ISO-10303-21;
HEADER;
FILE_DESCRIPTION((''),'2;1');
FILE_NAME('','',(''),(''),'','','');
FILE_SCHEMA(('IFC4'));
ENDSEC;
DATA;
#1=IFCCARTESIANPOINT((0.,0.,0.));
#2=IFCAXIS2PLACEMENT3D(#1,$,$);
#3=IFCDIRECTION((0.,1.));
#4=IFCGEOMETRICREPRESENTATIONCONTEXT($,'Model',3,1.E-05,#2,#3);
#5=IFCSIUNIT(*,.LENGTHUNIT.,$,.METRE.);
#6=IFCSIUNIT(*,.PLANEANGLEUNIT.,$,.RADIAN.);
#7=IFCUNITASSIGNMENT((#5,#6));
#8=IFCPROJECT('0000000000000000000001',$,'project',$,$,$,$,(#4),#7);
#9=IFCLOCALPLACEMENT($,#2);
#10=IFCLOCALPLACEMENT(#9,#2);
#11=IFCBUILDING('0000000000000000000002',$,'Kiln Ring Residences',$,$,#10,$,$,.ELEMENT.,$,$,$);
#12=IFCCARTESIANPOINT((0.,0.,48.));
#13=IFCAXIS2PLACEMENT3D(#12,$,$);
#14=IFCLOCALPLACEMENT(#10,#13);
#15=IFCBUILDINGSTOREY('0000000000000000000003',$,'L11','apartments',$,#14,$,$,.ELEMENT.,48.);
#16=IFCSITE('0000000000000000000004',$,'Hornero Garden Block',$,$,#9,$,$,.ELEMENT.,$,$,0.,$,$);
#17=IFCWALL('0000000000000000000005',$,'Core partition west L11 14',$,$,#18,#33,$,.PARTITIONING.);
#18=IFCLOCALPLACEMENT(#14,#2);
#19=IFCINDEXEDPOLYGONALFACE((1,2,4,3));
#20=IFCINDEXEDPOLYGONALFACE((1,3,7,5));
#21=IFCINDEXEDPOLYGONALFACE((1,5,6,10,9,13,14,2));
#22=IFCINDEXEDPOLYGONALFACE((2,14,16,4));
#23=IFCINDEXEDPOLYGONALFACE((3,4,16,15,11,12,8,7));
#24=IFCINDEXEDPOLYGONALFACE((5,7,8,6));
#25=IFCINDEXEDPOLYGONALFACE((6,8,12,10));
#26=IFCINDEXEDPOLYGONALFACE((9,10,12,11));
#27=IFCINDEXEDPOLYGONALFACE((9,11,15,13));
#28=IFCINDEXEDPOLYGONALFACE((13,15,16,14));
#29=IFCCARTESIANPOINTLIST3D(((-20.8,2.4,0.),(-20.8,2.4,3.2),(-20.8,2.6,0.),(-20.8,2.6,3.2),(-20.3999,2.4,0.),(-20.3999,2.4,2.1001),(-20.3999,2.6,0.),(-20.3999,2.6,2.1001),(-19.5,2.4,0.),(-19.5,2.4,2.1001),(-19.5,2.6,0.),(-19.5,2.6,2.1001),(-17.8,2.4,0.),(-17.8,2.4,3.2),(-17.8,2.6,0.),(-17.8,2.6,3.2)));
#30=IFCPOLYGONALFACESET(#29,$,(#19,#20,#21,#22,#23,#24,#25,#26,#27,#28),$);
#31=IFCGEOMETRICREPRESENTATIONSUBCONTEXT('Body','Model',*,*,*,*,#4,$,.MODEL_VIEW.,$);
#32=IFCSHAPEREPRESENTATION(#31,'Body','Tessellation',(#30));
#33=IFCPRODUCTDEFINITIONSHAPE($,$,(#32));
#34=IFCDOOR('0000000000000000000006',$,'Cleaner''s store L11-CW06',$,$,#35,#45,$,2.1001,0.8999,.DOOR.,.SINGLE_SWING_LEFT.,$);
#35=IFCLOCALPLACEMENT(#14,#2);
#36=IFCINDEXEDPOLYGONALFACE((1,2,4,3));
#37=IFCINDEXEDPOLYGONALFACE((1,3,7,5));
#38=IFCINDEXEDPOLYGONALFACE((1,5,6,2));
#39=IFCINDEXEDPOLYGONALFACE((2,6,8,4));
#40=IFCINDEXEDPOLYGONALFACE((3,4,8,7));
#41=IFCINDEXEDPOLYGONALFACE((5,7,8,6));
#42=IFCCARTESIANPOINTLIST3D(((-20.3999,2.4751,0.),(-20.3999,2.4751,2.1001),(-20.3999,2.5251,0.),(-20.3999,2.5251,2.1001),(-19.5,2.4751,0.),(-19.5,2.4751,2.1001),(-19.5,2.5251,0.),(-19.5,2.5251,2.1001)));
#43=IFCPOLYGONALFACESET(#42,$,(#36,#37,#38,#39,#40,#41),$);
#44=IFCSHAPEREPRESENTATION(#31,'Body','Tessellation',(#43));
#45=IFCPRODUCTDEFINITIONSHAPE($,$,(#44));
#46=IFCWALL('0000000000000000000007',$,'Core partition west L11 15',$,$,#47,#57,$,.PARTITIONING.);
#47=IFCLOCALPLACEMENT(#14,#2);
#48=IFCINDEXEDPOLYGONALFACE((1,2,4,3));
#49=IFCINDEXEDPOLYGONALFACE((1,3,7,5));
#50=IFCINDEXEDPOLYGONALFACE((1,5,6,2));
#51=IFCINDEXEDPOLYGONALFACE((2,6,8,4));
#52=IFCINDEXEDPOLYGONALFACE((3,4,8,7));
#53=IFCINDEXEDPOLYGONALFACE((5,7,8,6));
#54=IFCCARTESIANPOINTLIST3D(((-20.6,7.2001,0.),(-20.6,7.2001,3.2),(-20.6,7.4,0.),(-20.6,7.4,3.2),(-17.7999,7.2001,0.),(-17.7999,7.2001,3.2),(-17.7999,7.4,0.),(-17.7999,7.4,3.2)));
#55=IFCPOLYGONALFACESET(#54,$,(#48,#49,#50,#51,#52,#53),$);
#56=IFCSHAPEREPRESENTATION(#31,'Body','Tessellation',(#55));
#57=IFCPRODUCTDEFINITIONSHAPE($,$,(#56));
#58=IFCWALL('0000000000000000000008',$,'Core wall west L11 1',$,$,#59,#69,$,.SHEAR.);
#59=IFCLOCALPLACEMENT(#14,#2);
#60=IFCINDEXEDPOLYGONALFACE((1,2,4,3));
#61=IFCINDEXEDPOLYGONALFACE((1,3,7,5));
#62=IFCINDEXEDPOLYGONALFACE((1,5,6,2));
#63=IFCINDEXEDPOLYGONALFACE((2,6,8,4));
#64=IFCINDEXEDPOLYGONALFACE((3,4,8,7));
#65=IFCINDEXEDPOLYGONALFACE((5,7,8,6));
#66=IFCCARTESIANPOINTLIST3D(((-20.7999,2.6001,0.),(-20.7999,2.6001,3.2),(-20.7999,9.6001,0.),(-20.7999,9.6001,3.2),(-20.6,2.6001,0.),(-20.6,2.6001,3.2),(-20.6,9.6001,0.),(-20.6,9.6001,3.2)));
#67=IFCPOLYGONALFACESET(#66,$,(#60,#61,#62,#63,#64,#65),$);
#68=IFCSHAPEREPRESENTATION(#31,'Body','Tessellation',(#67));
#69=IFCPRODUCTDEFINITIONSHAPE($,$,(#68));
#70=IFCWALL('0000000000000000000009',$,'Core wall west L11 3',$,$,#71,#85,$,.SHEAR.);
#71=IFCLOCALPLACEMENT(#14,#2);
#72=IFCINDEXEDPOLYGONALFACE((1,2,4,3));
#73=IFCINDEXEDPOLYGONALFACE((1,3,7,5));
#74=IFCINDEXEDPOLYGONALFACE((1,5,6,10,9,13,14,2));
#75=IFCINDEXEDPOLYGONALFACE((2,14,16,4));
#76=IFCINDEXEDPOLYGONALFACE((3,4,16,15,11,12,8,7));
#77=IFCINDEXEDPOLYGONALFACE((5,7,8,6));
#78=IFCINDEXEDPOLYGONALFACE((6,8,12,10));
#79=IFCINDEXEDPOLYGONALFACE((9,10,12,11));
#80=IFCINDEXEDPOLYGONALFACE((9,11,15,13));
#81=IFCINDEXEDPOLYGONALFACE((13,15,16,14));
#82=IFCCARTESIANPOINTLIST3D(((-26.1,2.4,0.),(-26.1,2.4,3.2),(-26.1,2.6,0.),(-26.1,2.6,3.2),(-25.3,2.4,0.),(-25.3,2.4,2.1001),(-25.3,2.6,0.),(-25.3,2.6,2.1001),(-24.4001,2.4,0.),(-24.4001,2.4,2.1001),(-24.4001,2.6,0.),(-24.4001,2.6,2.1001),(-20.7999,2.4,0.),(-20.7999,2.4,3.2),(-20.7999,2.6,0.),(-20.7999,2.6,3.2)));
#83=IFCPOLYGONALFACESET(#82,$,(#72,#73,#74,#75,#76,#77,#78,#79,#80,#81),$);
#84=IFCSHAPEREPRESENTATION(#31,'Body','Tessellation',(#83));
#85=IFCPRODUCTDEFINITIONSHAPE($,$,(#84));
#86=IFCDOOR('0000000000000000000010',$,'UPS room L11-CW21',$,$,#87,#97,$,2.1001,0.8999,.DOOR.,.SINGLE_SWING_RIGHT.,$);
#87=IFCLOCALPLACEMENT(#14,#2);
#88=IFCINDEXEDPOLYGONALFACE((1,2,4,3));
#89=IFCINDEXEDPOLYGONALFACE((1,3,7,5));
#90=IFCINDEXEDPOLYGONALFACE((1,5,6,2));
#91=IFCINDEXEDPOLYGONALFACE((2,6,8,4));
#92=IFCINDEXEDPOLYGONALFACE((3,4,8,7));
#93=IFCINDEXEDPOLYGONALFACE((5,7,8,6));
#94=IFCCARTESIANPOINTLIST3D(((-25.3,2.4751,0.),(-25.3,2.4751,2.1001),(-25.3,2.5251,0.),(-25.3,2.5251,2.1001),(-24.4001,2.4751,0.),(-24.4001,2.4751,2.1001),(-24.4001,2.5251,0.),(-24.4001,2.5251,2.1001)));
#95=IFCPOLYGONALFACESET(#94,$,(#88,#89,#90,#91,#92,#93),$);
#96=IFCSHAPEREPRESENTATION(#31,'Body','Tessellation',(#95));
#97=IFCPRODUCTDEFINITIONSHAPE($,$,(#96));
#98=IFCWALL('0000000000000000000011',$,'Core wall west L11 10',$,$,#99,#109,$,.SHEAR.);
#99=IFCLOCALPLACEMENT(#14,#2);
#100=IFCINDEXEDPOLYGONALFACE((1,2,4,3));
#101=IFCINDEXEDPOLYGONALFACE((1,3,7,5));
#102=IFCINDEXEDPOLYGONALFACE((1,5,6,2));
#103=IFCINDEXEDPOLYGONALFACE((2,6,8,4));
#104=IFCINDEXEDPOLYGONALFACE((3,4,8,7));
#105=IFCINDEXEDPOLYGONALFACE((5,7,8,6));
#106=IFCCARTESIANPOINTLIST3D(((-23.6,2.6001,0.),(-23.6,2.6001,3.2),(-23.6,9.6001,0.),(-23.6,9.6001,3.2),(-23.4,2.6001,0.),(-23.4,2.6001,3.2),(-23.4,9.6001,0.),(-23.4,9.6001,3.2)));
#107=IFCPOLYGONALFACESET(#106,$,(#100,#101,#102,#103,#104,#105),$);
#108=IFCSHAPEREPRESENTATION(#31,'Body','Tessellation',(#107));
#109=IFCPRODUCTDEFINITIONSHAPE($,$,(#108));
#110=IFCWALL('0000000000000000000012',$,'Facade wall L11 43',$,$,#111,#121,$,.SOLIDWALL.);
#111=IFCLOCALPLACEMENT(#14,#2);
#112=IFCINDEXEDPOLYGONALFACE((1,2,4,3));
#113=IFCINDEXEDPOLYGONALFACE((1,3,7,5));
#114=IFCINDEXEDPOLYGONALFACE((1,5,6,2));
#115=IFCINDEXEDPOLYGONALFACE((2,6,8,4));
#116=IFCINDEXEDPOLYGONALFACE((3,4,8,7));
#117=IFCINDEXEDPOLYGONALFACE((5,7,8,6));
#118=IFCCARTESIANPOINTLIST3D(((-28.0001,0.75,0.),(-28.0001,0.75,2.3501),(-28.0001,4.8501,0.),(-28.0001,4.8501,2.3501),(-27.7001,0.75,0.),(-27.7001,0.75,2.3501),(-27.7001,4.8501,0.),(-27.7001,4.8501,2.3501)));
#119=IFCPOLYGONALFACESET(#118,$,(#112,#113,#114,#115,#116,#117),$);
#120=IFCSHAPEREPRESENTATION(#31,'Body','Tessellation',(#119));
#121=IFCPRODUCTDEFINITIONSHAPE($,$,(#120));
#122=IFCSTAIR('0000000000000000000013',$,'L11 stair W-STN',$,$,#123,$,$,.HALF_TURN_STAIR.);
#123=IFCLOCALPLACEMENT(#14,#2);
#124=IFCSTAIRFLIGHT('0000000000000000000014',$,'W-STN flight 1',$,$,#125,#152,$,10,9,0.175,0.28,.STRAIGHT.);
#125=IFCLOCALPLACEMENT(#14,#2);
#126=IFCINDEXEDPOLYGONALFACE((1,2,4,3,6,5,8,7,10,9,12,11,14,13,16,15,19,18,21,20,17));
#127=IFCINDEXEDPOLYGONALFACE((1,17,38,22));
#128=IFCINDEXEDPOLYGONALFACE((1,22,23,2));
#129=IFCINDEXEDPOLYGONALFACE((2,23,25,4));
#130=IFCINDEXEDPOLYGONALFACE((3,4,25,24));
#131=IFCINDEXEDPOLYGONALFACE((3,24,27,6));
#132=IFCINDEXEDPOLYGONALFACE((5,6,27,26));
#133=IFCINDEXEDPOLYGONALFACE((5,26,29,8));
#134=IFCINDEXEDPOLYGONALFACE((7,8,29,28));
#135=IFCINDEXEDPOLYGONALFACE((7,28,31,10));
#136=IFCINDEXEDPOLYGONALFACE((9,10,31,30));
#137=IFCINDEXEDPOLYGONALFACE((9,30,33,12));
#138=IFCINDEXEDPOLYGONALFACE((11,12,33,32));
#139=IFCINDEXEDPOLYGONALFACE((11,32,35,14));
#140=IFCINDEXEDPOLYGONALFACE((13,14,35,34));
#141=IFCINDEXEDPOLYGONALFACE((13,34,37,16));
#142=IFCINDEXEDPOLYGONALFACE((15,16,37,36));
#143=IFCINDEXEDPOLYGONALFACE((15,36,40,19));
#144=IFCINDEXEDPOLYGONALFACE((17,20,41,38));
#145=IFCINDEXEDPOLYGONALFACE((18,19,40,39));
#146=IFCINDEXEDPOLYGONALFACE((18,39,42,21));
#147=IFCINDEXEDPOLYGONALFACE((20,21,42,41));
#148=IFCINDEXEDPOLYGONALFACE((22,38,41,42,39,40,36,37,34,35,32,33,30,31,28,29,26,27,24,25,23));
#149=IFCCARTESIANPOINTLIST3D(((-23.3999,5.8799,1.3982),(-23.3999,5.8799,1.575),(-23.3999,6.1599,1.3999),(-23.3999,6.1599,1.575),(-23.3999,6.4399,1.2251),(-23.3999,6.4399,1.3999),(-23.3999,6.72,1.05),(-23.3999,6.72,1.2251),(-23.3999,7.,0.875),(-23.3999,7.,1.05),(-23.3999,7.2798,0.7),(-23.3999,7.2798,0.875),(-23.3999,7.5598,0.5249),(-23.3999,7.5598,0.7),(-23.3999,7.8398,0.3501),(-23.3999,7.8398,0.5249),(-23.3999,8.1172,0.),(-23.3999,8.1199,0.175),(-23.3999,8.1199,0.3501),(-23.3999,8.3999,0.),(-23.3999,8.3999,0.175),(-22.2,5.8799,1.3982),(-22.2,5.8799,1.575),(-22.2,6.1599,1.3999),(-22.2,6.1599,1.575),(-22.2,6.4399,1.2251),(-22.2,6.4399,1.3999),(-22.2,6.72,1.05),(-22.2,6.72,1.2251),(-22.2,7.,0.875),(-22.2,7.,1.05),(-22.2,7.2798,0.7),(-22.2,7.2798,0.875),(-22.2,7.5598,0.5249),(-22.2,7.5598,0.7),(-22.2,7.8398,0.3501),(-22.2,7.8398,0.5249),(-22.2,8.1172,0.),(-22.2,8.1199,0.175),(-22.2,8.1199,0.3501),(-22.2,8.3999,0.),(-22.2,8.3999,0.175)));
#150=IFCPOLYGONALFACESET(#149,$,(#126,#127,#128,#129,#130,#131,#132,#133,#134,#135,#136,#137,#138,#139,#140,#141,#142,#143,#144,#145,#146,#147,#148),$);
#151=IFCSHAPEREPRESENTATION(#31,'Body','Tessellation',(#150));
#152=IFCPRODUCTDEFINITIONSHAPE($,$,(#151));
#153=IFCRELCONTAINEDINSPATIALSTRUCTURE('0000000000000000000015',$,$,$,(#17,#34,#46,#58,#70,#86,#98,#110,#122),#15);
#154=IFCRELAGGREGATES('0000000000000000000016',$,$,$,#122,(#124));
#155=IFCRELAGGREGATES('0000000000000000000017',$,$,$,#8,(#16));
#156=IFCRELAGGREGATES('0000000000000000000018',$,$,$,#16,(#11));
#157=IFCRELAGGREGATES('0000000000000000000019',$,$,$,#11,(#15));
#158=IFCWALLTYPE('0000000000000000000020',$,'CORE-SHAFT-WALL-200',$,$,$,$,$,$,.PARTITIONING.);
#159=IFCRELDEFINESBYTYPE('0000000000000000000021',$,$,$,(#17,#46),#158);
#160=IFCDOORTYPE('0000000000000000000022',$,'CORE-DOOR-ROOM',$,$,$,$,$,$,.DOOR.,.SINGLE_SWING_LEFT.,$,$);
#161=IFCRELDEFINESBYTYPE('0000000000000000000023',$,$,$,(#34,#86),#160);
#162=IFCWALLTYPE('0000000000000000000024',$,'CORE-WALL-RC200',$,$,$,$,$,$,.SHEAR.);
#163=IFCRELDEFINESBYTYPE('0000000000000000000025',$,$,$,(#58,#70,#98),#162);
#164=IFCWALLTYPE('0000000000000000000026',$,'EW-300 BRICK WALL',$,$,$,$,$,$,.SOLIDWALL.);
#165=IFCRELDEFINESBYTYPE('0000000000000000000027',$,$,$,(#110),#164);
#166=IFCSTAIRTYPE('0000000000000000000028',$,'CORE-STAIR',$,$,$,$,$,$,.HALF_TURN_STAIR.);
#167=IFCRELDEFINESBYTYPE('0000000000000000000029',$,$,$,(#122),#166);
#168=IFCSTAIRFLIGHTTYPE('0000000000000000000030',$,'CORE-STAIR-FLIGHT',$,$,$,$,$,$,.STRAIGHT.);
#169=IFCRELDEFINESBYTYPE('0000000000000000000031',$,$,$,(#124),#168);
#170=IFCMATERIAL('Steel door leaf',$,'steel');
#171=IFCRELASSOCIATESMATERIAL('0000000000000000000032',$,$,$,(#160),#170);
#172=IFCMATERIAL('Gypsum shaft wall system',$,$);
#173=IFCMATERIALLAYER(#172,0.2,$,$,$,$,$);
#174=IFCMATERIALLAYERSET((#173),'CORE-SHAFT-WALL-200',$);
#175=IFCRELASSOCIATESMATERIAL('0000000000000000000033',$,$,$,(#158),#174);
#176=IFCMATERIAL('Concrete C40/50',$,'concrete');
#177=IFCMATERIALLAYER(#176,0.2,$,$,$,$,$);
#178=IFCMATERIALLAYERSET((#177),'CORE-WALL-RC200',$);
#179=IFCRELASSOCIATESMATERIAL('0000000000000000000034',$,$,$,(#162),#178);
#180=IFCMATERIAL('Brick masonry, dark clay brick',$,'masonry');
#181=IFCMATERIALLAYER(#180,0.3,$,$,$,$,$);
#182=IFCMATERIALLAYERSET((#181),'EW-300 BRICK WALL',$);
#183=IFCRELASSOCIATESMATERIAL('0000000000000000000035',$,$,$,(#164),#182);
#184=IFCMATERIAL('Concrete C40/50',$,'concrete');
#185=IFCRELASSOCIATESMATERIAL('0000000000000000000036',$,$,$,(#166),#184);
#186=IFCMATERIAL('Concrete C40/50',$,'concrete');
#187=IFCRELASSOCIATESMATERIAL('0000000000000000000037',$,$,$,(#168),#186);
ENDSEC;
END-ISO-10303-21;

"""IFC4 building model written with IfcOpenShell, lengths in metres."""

from ifc_helpers import new_model, si_unit, direction, frame, frame_2d, origin, place, context, subcontext, project, spatial, polyline, rectangle, outline, extrude, material, layer, layer_set, type_object, element, fill, aggregate, save


model = new_model("IFC4")

# Units and contexts
model_context = context("Model", 3, precision=1e-05, world=origin(), true_north=direction((0.0, 1.0)))
body_context = subcontext(model_context, "Body", "Model", "MODEL_VIEW")
ifc_project = project(units=[si_unit("LENGTHUNIT", "METRE"), si_unit("PLANEANGLEUNIT", "RADIAN")], contexts=[model_context])

# Site, building, storey
site_placement = place(None, origin())
site = spatial("IfcSite", under=ifc_project, at=site_placement, Name="Hornero Garden Block", CompositionType="ELEMENT", RefElevation=0.0)
building_placement = place(site_placement, origin())
building = spatial("IfcBuilding", under=site, at=building_placement, Name="Kiln Ring Residences", CompositionType="ELEMENT")
storey_placement = place(building_placement, frame((0.0, 0.0, 48.0)))
storey = spatial("IfcBuildingStorey", under=building, at=storey_placement, Name="L11", Description="apartments", CompositionType="ELEMENT", Elevation=48.0)

# Shared definitions
ifc_material_1 = material(Name="Steel door leaf", Category="steel")
door_type = type_object("IfcDoorType", Name="CORE-DOOR-ROOM", OperationType="SINGLE_SWING_LEFT", PredefinedType="DOOR", material=ifc_material_1)

# Shared definitions
ifc_material_2 = material(Name="Gypsum shaft wall system")
ifc_layer_1 = layer(ifc_material_2, 0.2)
ifc_layer_set_1 = layer_set([ifc_layer_1], Name="CORE-SHAFT-WALL-200")
wall_type_1 = type_object("IfcWallType", Name="CORE-SHAFT-WALL-200", PredefinedType="PARTITIONING", material=ifc_layer_set_1)

# Wall, opening, door
wall_1_placement = place(storey_placement, frame((-17.8, 2.5, 0.0), z_axis=(0.0, 0.0, 1.0), x_axis=(-1.0, 0.0, 0.0)))
wall_1 = element("IfcWall", 1, at=wall_1_placement, inside=storey, type_object=wall_type_1, Name="Core partition west L11 14", PredefinedType="PARTITIONING", context=body_context, shape_type="SweptSolid", body=[
    extrude(rectangle(XDim=3.0, YDim=0.2, at=frame_2d((1.5, 0.0))), origin(), (0.0, 0.0, 1.0), 3.2),
])
opening_1_placement = place(wall_1_placement, frame((1.7, 0.0, 0.0)))
opening_1 = element("IfcOpeningElement", 2, at=opening_1_placement, cuts=wall_1, PredefinedType="OPENING", context=body_context, shape_type="SweptSolid", body=[
    extrude(rectangle(XDim=0.8999, YDim=2.1001, at=frame_2d((0.45, 1.05))), frame((0.0, 0.1099, 0.0), z_axis=(0.0, -1.0, 0.0), x_axis=(1.0, 0.0, 0.0)), (0.0, 0.0, 1.0), 0.22),
])
door_1_placement = place(opening_1_placement, origin())
door_1 = element("IfcDoor", 3, at=door_1_placement, inside=storey, type_object=door_type, Name="Cleaner's store L11-CW06", OperationType="SINGLE_SWING_LEFT", OverallHeight=2.1001, OverallWidth=0.8999, PredefinedType="DOOR", context=body_context, shape_type="SweptSolid", body=[
    extrude(rectangle(XDim=0.8999, YDim=2.1001, at=frame_2d((0.45, 1.05))), frame((0.0, 0.0249, 0.0), z_axis=(0.0, -1.0, 0.0), x_axis=(1.0, 0.0, 0.0)), (0.0, 0.0, 1.0), 0.05),
])
fill(opening_1, door_1)

# Walls
wall_2_placement = place(storey_placement, frame((-17.8, 7.3, 0.0), z_axis=(0.0, 0.0, 1.0), x_axis=(-1.0, 0.0, 0.0)))
element("IfcWall", 4, at=wall_2_placement, inside=storey, type_object=wall_type_1, Name="Core partition west L11 15", PredefinedType="PARTITIONING", context=body_context, shape_type="SweptSolid", body=[
    extrude(rectangle(XDim=2.8, YDim=0.2, at=frame_2d((1.3999, 0.0))), origin(), (0.0, 0.0, 1.0), 3.2),
])
ifc_material_3 = material(Name="Concrete C40/50", Category="concrete")
ifc_layer_2 = layer(ifc_material_3, 0.2)
ifc_layer_set_2 = layer_set([ifc_layer_2], Name="CORE-WALL-RC200")
wall_type_2 = type_object("IfcWallType", Name="CORE-WALL-RC200", PredefinedType="SHEAR", material=ifc_layer_set_2)
wall_3_placement = place(storey_placement, frame((-20.7, 2.6001, 0.0), z_axis=(0.0, 0.0, 1.0), x_axis=(0.0, 1.0, 0.0)))
element("IfcWall", 5, at=wall_3_placement, inside=storey, type_object=wall_type_2, Name="Core wall west L11 1", PredefinedType="SHEAR", context=body_context, shape_type="SweptSolid", body=[
    extrude(rectangle(XDim=7.0, YDim=0.2, at=frame_2d((3.5, 0.0))), origin(), (0.0, 0.0, 1.0), 3.2),
])

# Wall, opening, door
wall_4_placement = place(storey_placement, frame((-20.8, 2.5, 0.0), z_axis=(0.0, 0.0, 1.0), x_axis=(-1.0, 0.0, 0.0)))
wall_4 = element("IfcWall", 6, at=wall_4_placement, inside=storey, type_object=wall_type_2, Name="Core wall west L11 3", PredefinedType="SHEAR", context=body_context, shape_type="SweptSolid", body=[
    extrude(rectangle(XDim=5.3, YDim=0.2, at=frame_2d((2.6499, 0.0))), origin(), (0.0, 0.0, 1.0), 3.2),
])
opening_2_placement = place(wall_4_placement, frame((3.6001, 0.0, 0.0)))
opening_2 = element("IfcOpeningElement", 7, at=opening_2_placement, cuts=wall_4, PredefinedType="OPENING", context=body_context, shape_type="SweptSolid", body=[
    extrude(rectangle(XDim=0.8999, YDim=2.1001, at=frame_2d((0.45, 1.05))), frame((0.0, 0.1099, 0.0), z_axis=(0.0, -1.0, 0.0), x_axis=(1.0, 0.0, 0.0)), (0.0, 0.0, 1.0), 0.22),
])
door_2_placement = place(opening_2_placement, origin())
door_2 = element("IfcDoor", 8, at=door_2_placement, inside=storey, type_object=door_type, Name="UPS room L11-CW21", OperationType="SINGLE_SWING_RIGHT", OverallHeight=2.1001, OverallWidth=0.8999, PredefinedType="DOOR", context=body_context, shape_type="SweptSolid", body=[
    extrude(rectangle(XDim=0.8999, YDim=2.1001, at=frame_2d((0.45, 1.05))), frame((0.0, 0.0249, 0.0), z_axis=(0.0, -1.0, 0.0), x_axis=(1.0, 0.0, 0.0)), (0.0, 0.0, 1.0), 0.05),
])
fill(opening_2, door_2)

# Walls
wall_5_placement = place(storey_placement, frame((-23.5, 2.6001, 0.0), z_axis=(0.0, 0.0, 1.0), x_axis=(0.0, 1.0, 0.0)))
element("IfcWall", 9, at=wall_5_placement, inside=storey, type_object=wall_type_2, Name="Core wall west L11 10", PredefinedType="SHEAR", context=body_context, shape_type="SweptSolid", body=[
    extrude(rectangle(XDim=7.0, YDim=0.2, at=frame_2d((3.5, 0.0))), origin(), (0.0, 0.0, 1.0), 3.2),
])
ifc_material_4 = material(Name="Brick masonry, dark clay brick", Category="masonry")
ifc_layer_3 = layer(ifc_material_4, 0.3)
ifc_layer_set_3 = layer_set([ifc_layer_3], Name="EW-300 BRICK WALL")
wall_type_3 = type_object("IfcWallType", Name="EW-300 BRICK WALL", PredefinedType="SOLIDWALL", material=ifc_layer_set_3)
wall_6_placement = place(storey_placement, frame((-27.8501, 4.8501, 0.0), z_axis=(0.0, 0.0, 1.0), x_axis=(0.0, -1.0, 0.0)))
element("IfcWall", 10, at=wall_6_placement, inside=storey, type_object=wall_type_3, Name="Facade wall L11 43", PredefinedType="SOLIDWALL", context=body_context, shape_type="SweptSolid", body=[
    extrude(rectangle(XDim=4.1001, YDim=0.3, at=frame_2d((2.05, 0.0))), origin(), (0.0, 0.0, 1.0), 2.3501),
])

# Stair, stair flight
ifc_material_5 = material(Name="Concrete C40/50", Category="concrete")
stair_type = type_object("IfcStairType", Name="CORE-STAIR", PredefinedType="HALF_TURN_STAIR", material=ifc_material_5)
stair_placement = place(storey_placement, origin())
stair = element("IfcStair", 11, at=stair_placement, inside=storey, type_object=stair_type, Name="L11 stair W-STN", PredefinedType="HALF_TURN_STAIR")
ifc_material_6 = material(Name="Concrete C40/50", Category="concrete")
stair_flight_type = type_object("IfcStairFlightType", Name="CORE-STAIR-FLIGHT", PredefinedType="STRAIGHT", material=ifc_material_6)
stair_flight_1_placement = place(storey_placement, frame((-22.8, 8.3999, 0.0), z_axis=(0.0, 0.0, 1.0), x_axis=(0.0, -1.0, 0.0)))
stair_flight_1 = element("IfcStairFlight", 12, at=stair_flight_1_placement, type_object=stair_flight_type, Name="W-STN flight 1", NumberOfRisers=10, NumberOfTreads=9, PredefinedType="STRAIGHT", RiserHeight=0.175, TreadLength=0.28, context=body_context, shape_type="SweptSolid", body=[
    extrude(outline(polyline([(0.0, 0.0), (0.0, 0.175), (0.28, 0.175), (0.28, 0.3501), (0.5601, 0.3501), (0.5601, 0.5249), (0.8401, 0.5249), (0.8401, 0.7), (1.1201, 0.7), (1.1201, 0.875), (1.3999, 0.875), (1.3999, 1.05), (1.6799, 1.05), (1.6799, 1.2251), (1.96, 1.2251), (1.96, 1.3999), (2.24, 1.3999), (2.24, 1.575), (2.52, 1.575), (2.52, 1.75), (2.52, 1.3982), (0.2827, 0.0), (0.0, 0.0)])), frame((0.0, 0.6001, 0.0), z_axis=(0.0, -1.0, 0.0), x_axis=(1.0, 0.0, 0.0)), (0.0, 0.0, 1.0), 1.2),
])
aggregate(stair, [stair_flight_1])

save(model, "model.ifc")
